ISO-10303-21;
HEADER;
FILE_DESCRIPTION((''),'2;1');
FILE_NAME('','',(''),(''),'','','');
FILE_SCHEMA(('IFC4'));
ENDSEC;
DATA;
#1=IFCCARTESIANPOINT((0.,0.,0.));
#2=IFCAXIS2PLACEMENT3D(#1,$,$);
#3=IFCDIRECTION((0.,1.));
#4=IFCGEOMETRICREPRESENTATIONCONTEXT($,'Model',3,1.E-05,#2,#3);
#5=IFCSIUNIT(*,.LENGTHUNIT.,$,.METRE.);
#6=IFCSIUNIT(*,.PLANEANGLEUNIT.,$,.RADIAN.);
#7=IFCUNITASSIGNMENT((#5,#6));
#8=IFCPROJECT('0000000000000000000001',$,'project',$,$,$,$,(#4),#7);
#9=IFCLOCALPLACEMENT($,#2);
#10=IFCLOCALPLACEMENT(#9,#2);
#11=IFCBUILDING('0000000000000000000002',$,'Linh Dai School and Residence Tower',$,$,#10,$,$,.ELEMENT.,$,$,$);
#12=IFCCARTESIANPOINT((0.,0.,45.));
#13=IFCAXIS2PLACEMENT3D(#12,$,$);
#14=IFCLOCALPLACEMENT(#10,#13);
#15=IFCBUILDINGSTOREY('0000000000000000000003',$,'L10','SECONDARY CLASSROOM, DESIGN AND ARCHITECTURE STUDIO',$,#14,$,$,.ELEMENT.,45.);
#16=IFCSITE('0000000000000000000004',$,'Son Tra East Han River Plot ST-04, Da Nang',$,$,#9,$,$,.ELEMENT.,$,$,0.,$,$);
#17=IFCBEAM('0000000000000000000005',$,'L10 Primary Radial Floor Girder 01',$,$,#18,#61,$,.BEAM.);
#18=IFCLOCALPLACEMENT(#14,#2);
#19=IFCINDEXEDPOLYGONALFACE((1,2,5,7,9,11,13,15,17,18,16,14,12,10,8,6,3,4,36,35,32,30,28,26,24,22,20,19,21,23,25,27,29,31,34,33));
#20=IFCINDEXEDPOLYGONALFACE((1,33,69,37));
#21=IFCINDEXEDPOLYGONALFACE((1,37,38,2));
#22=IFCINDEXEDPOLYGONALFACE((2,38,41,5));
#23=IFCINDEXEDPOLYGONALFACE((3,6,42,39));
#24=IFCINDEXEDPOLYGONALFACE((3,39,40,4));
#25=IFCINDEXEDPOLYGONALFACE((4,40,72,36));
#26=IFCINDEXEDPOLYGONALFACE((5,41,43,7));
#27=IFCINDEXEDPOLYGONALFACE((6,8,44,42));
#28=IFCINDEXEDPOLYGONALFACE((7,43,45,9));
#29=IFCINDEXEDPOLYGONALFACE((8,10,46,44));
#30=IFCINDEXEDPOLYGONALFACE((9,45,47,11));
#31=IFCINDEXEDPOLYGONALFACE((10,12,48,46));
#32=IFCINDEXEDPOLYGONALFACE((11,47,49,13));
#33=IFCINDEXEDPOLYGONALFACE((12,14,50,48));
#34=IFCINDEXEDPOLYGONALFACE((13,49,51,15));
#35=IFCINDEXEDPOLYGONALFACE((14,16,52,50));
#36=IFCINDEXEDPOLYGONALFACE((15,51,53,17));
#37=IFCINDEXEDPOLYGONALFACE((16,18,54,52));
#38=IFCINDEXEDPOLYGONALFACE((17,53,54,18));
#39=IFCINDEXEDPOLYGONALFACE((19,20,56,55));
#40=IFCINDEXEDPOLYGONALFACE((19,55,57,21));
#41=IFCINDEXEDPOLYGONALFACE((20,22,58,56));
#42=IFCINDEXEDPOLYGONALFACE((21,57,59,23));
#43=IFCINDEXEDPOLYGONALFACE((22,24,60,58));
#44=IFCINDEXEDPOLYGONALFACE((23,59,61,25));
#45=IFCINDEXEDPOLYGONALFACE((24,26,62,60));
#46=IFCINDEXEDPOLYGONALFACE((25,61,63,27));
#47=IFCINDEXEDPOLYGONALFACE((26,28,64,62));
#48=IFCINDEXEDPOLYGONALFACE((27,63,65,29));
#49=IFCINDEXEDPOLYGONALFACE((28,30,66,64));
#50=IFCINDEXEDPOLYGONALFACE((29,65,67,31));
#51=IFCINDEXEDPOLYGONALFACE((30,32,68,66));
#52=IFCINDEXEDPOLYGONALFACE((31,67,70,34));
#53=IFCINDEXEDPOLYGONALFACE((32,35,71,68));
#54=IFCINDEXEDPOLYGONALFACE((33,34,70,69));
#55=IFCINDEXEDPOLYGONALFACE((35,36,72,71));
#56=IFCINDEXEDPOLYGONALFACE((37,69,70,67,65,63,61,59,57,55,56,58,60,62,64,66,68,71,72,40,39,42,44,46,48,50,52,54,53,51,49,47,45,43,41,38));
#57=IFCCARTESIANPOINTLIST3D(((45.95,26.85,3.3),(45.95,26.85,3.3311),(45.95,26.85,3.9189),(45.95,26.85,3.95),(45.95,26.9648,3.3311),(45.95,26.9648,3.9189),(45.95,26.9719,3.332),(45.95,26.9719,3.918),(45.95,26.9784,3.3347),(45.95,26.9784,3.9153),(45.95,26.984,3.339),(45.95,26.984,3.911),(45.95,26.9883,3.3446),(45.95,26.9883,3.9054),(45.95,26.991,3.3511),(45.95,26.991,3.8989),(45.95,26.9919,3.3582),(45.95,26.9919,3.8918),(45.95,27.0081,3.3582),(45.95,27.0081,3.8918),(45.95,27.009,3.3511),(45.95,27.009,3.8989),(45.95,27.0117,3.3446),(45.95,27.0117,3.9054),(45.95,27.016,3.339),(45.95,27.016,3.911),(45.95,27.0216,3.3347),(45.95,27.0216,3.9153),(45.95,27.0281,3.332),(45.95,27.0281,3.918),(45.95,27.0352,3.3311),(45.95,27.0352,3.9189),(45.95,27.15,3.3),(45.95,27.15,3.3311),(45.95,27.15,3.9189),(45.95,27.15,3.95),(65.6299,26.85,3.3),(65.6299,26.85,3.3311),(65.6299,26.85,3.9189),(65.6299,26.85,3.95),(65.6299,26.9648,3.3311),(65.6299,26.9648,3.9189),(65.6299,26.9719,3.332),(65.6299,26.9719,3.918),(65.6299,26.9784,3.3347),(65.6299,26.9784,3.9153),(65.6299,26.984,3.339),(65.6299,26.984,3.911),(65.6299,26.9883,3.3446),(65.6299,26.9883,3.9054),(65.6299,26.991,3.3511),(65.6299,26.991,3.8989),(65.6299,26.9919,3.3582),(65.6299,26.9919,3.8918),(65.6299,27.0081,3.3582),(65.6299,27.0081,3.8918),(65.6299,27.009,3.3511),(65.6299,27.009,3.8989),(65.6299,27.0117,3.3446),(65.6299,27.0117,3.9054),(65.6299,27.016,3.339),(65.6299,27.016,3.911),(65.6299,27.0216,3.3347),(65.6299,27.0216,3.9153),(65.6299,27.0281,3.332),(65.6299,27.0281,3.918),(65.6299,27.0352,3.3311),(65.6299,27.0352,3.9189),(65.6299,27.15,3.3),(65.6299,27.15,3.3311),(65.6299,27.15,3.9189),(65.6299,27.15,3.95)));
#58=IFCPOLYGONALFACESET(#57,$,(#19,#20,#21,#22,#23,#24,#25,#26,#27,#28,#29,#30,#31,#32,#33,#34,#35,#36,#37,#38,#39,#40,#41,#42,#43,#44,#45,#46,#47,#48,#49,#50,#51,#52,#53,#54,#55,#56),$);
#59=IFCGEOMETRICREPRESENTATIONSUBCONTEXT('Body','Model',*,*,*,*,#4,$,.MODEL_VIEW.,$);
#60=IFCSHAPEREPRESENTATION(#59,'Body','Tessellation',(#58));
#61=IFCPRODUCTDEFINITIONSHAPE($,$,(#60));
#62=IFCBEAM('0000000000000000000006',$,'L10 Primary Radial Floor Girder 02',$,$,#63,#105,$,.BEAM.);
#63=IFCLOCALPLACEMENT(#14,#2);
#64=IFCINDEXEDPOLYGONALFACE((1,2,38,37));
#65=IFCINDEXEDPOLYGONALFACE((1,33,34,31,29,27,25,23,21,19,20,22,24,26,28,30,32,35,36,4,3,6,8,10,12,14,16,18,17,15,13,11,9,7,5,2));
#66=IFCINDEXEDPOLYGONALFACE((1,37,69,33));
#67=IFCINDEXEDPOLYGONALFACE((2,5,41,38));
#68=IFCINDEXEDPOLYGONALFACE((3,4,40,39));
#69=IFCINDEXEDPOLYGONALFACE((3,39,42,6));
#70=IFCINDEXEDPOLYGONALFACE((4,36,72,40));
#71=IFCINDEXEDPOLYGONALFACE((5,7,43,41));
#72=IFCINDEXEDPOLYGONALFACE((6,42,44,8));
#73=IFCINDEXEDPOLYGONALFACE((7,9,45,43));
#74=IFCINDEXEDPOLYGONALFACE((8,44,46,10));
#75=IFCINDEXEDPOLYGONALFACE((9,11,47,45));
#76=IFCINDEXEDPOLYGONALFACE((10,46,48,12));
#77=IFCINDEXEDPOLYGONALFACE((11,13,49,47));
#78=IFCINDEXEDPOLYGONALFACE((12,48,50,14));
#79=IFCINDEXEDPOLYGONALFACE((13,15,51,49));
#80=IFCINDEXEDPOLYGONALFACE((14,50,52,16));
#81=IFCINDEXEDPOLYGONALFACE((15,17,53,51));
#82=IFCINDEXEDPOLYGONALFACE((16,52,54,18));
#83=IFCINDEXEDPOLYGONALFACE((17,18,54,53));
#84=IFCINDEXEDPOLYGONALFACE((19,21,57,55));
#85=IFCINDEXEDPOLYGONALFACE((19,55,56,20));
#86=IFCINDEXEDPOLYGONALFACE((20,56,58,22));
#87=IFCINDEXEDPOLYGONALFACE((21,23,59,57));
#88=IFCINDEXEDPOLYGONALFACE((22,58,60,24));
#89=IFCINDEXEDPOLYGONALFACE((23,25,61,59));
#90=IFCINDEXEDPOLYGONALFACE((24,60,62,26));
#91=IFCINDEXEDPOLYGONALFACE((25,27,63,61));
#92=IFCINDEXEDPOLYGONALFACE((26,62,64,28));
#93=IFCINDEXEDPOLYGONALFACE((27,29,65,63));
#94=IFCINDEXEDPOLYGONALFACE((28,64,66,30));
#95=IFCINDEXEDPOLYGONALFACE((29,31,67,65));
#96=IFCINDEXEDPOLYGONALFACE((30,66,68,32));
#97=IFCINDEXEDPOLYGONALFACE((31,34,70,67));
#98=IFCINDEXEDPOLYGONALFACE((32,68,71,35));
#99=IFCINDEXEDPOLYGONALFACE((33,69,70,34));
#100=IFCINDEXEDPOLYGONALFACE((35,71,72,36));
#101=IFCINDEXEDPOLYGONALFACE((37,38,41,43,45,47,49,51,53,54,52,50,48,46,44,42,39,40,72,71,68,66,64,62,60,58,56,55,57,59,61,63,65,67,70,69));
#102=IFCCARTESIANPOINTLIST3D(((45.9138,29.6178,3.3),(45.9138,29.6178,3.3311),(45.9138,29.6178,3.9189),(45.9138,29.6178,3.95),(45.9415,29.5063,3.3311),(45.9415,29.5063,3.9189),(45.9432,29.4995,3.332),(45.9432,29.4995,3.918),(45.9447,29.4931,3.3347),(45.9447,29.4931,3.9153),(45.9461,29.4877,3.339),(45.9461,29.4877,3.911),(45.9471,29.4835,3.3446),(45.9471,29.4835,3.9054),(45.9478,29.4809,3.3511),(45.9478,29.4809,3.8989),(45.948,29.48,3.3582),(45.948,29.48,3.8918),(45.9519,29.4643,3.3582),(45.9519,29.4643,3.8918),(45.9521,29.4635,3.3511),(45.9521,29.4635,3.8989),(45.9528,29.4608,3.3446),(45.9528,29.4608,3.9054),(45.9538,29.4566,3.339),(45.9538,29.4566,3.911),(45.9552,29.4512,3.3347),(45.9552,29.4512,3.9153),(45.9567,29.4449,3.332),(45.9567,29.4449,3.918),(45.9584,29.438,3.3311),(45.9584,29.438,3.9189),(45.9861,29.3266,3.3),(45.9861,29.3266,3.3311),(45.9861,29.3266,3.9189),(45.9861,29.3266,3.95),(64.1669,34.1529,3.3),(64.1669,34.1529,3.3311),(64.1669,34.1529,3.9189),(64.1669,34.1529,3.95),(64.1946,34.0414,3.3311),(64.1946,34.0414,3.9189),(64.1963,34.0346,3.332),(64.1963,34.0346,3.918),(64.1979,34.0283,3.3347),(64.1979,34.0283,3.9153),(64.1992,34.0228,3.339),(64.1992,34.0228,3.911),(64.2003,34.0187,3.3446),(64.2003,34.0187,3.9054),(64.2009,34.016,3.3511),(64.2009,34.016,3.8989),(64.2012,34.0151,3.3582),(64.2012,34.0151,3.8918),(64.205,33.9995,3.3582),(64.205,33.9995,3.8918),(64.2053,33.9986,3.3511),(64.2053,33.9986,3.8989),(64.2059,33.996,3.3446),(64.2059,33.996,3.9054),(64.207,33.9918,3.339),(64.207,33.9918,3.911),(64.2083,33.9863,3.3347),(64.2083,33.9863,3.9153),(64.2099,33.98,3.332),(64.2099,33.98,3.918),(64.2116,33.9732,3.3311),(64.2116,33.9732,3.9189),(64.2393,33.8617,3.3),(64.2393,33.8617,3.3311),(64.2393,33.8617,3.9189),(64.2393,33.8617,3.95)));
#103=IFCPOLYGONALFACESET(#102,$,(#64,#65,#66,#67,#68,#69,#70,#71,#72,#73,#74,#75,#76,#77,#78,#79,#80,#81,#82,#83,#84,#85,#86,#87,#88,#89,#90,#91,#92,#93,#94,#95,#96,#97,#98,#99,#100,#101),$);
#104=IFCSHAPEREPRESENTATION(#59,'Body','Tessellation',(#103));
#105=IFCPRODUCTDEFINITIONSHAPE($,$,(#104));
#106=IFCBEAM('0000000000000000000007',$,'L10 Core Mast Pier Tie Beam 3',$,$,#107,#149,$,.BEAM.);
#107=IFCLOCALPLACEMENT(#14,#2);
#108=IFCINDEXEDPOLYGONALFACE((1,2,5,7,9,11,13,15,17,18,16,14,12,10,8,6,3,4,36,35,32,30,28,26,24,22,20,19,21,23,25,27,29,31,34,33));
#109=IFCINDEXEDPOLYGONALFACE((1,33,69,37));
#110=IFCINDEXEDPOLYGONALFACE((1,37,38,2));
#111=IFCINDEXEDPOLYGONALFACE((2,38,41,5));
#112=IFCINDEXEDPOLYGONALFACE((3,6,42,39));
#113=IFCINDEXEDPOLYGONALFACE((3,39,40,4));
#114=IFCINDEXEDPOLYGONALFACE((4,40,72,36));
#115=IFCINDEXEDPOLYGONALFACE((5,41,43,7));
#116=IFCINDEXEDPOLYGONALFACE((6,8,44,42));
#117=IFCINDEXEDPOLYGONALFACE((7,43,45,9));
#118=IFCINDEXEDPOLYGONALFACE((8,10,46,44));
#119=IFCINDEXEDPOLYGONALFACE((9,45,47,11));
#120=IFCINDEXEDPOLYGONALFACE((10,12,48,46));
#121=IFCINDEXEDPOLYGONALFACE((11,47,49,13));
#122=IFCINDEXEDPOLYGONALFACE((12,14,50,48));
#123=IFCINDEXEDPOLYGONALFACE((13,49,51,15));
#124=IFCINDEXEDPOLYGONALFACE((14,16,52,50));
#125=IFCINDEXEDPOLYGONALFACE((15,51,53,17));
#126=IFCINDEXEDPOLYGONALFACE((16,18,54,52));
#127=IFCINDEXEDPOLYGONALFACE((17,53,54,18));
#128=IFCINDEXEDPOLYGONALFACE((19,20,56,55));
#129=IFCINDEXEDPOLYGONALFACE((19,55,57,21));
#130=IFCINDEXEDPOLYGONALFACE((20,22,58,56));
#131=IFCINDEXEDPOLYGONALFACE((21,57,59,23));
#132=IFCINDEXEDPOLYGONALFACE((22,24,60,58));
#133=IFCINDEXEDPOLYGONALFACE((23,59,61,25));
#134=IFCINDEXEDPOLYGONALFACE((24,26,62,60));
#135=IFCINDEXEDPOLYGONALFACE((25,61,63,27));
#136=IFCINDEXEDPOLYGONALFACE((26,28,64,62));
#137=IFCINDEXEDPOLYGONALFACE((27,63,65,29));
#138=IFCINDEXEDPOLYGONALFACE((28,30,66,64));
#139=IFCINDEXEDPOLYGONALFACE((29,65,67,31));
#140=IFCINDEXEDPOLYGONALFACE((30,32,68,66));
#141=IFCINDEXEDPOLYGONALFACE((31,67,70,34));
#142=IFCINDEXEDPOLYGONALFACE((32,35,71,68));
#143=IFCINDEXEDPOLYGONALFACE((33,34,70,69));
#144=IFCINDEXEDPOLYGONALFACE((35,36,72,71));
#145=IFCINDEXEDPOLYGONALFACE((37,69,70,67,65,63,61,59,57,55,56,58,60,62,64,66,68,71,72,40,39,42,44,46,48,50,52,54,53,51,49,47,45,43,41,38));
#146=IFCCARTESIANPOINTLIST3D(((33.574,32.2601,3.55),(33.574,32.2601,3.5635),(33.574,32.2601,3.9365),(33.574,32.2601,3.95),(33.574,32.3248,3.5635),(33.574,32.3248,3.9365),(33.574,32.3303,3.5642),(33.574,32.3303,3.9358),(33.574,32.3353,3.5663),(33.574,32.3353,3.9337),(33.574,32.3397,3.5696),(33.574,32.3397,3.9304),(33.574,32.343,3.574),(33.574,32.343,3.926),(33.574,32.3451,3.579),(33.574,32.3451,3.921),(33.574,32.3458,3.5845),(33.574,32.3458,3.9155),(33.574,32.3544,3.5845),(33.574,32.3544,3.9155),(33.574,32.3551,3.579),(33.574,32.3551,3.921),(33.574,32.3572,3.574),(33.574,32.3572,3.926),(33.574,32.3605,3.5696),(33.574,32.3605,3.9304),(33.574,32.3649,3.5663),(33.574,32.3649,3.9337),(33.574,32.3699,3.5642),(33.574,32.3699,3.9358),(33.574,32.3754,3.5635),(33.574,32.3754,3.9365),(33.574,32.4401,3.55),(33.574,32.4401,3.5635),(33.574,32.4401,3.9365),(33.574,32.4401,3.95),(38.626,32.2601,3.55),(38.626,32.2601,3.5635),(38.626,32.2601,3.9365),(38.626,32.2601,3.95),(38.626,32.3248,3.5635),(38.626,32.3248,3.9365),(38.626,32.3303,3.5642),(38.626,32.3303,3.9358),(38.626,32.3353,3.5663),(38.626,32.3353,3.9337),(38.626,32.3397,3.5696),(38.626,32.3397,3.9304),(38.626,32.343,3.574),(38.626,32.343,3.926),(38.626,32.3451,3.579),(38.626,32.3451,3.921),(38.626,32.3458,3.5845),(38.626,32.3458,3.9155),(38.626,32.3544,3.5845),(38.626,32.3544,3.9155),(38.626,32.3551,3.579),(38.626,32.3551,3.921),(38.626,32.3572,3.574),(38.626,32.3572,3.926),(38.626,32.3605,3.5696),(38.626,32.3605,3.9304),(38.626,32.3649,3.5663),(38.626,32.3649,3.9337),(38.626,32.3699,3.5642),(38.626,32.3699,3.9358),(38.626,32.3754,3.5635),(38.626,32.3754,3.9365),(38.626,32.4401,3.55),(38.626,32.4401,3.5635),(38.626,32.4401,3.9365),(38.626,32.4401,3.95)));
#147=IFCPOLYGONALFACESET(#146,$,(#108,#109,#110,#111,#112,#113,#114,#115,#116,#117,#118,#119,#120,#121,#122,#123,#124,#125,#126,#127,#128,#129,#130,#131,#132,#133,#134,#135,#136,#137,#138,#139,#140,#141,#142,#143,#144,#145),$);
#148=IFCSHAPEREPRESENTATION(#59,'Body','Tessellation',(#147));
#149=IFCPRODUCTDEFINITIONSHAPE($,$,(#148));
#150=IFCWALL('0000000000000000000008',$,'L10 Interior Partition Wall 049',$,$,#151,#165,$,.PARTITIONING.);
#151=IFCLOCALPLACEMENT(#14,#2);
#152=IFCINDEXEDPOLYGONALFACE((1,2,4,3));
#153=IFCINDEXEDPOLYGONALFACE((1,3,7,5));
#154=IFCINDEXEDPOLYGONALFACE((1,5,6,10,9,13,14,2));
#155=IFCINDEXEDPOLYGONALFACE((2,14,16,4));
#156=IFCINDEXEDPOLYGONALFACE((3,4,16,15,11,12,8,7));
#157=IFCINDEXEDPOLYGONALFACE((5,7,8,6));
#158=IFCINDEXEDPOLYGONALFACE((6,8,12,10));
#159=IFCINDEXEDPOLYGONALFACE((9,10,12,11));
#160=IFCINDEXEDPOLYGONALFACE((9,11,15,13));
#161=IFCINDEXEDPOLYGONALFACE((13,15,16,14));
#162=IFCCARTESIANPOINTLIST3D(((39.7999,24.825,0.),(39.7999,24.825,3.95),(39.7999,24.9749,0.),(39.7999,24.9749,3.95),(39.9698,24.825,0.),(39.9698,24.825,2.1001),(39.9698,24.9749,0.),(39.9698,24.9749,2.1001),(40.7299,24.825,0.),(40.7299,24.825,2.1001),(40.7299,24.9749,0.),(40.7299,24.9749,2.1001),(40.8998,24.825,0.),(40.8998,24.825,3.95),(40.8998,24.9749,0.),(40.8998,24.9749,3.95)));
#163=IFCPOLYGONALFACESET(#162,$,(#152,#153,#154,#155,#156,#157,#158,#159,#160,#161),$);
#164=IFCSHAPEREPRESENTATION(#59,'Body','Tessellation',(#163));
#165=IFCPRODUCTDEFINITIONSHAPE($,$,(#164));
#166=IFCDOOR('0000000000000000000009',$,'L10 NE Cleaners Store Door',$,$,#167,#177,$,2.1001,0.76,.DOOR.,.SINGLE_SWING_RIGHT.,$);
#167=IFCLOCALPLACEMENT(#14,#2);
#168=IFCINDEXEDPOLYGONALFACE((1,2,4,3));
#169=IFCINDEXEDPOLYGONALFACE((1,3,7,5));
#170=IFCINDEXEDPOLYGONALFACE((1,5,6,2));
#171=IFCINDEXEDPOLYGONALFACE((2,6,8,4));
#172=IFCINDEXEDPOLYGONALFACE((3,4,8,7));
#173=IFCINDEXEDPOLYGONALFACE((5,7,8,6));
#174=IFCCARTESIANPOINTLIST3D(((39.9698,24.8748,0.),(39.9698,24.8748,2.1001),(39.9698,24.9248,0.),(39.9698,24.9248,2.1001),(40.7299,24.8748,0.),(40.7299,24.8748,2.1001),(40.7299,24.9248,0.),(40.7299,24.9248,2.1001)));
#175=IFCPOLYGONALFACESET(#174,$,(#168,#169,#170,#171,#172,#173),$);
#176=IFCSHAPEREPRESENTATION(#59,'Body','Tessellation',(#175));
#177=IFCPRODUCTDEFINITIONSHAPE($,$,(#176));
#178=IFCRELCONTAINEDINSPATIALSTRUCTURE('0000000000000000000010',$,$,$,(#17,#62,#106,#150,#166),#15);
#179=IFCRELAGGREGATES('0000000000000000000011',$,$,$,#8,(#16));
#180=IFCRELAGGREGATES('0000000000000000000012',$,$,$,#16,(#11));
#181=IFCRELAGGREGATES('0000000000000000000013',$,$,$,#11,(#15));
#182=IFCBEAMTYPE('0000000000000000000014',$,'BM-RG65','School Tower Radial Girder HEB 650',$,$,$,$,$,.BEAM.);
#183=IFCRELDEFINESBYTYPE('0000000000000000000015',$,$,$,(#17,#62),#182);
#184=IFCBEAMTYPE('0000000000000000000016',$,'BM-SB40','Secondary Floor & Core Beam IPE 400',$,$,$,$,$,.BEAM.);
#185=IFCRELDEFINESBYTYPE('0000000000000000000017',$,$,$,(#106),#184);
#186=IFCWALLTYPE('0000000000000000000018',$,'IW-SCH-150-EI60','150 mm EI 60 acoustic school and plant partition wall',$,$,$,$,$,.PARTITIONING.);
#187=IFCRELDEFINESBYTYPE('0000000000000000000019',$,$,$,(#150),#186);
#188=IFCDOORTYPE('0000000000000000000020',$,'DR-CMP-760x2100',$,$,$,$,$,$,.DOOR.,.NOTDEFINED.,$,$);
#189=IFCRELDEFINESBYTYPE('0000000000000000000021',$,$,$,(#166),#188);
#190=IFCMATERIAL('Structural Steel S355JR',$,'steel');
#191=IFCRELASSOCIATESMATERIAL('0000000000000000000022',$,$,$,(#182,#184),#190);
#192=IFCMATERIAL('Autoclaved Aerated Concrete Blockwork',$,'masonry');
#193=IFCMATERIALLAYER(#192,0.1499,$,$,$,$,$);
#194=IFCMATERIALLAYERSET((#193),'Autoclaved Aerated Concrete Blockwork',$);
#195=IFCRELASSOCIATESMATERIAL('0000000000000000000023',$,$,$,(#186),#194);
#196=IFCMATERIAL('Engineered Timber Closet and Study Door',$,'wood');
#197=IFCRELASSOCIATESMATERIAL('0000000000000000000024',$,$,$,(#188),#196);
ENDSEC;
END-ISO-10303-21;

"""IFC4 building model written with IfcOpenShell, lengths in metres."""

from ifc_helpers import new_model, si_unit, direction, frame, frame_2d, origin, origin_2d, place, context, subcontext, project, spatial, rectangle, i_section, extrude, source, transform, mapped, material, layer, layer_set, material_profile, profile_set, type_object, element, fill, save


model = new_model("IFC4")

# Units and contexts
model_context = context("Model", 3, precision=1e-05, world=origin(), true_north=direction((0.0, 1.0)))
body_context = subcontext(model_context, "Body", "Model", "MODEL_VIEW")
ifc_project = project(units=[si_unit("LENGTHUNIT", "METRE"), si_unit("PLANEANGLEUNIT", "RADIAN")], contexts=[model_context])

# Site, building, storey
site_placement = place(None, origin())
site = spatial("IfcSite", under=ifc_project, at=site_placement, Name="Son Tra East Han River Plot ST-04, Da Nang", CompositionType="ELEMENT", RefElevation=0.0)
building_placement = place(site_placement, origin())
building = spatial("IfcBuilding", under=site, at=building_placement, Name="Linh Dai School and Residence Tower", CompositionType="ELEMENT")
storey_placement = place(building_placement, frame((0.0, 0.0, 45.0)))
storey = spatial("IfcBuildingStorey", under=building, at=storey_placement, Name="L10", Description="SECONDARY CLASSROOM, DESIGN AND ARCHITECTURE STUDIO", CompositionType="ELEMENT", Elevation=45.0)

# Shared definitions
ifc_material_1 = material(Name="Structural Steel S355JR", Category="steel")

# Beams
ifc_material_profile_1 = material_profile(ifc_material_1, i_section(OverallWidth=0.3, OverallDepth=0.6499, WebThickness=0.0161, FlangeThickness=0.031, FilletRadius=0.0271, at=origin_2d()), Name="HEB 650")
ifc_profile_set_1 = profile_set([ifc_material_profile_1], Name="Structural Steel S355JR")
beam_type_1 = type_object("IfcBeamType", Name="BM-RG65", Description="School Tower Radial Girder HEB 650", PredefinedType="BEAM", material=ifc_profile_set_1)
beam_1_placement = place(storey_placement, frame((45.95, 27.0, 3.625), z_axis=(1.0, 0.0, 0.0), x_axis=(0.0, 1.0, 0.0)))
element("IfcBeam", 1, at=beam_1_placement, inside=storey, type_object=beam_type_1, Name="L10 Primary Radial Floor Girder 01", PredefinedType="BEAM", context=body_context, shape_type="SweptSolid", body=[
    extrude(i_section(OverallWidth=0.3, OverallDepth=0.6499, WebThickness=0.0161, FlangeThickness=0.031, FilletRadius=0.0271, at=origin_2d()), origin(), (0.0, 0.0, 1.0), 19.6799),
])
beam_2_placement = place(storey_placement, frame((45.95, 29.4722, 3.625), z_axis=(0.970493, 0.241127, 0.0), x_axis=(-0.241127, 0.970493, 0.0)))
element("IfcBeam", 2, at=beam_2_placement, inside=storey, type_object=beam_type_1, Name="L10 Primary Radial Floor Girder 02", PredefinedType="BEAM", context=body_context, shape_type="SweptSolid", body=[
    extrude(i_section(OverallWidth=0.3, OverallDepth=0.6499, WebThickness=0.0161, FlangeThickness=0.031, FilletRadius=0.0271, at=origin_2d()), origin(), (0.0, 0.0, 1.0), 18.8081),
])
ifc_material_profile_2 = material_profile(ifc_material_1, i_section(OverallWidth=0.1799, OverallDepth=0.3999, WebThickness=0.0085, FlangeThickness=0.0134, FilletRadius=0.021, at=origin_2d()), Name="IPE 400")
ifc_profile_set_2 = profile_set([ifc_material_profile_2], Name="Structural Steel S355JR")
beam_type_2 = type_object("IfcBeamType", Name="BM-SB40", Description="Secondary Floor & Core Beam IPE 400", PredefinedType="BEAM", material=ifc_profile_set_2)
beam_3_placement = place(storey_placement, frame((38.626, 32.3501, 3.75), z_axis=(-1.0, 0.0, 0.0), x_axis=(0.0, -1.0, 0.0)))
element("IfcBeam", 3, at=beam_3_placement, inside=storey, type_object=beam_type_2, Name="L10 Core Mast Pier Tie Beam 3", PredefinedType="BEAM", context=body_context, shape_type="SweptSolid", body=[
    extrude(i_section(OverallWidth=0.1799, OverallDepth=0.3999, WebThickness=0.0085, FlangeThickness=0.0134, FilletRadius=0.021, at=origin_2d()), origin(), (0.0, 0.0, 1.0), 5.052),
])

# Wall, opening, door
ifc_material_2 = material(Name="Autoclaved Aerated Concrete Blockwork", Category="masonry")
ifc_layer_1 = layer(ifc_material_2, 0.1499)
ifc_layer_set_1 = layer_set([ifc_layer_1], Name="Autoclaved Aerated Concrete Blockwork")
wall_type_1 = type_object("IfcWallType", Name="IW-SCH-150-EI60", Description="150 mm EI 60 acoustic school and plant partition wall", PredefinedType="PARTITIONING", material=ifc_layer_set_1)
wall_1_placement = place(storey_placement, frame((39.8, 24.8999, 0.0), z_axis=(0.0, 0.0, 1.0), x_axis=(1.0, 0.0, 0.0)))
wall_1 = element("IfcWall", 4, at=wall_1_placement, inside=storey, type_object=wall_type_1, Name="L10 Interior Partition Wall 049", PredefinedType="PARTITIONING", context=body_context, shape_type="SweptSolid", body=[
    extrude(rectangle(XDim=1.0999, YDim=0.1499, at=frame_2d((0.5498, 0.0))), origin(), (0.0, 0.0, 1.0), 3.95),
])
opening_placement = place(wall_1_placement, frame((0.1699, 0.0, 0.0)))
opening = element("IfcOpeningElement", 5, at=opening_placement, cuts=wall_1, PredefinedType="OPENING", context=body_context, shape_type="SweptSolid", body=[
    extrude(rectangle(XDim=0.76, YDim=2.1001, at=origin_2d()), frame((0.3799, 0.085, 1.05), z_axis=(0.0, -1.0, 0.0), x_axis=(1.0, 0.0, 0.0)), (0.0, 0.0, 1.0), 0.1699),
])
ifc_material_3 = material(Name="Engineered Timber Closet and Study Door", Category="wood")
door_type = type_object("IfcDoorType", Name="DR-CMP-760x2100", OperationType="NOTDEFINED", PredefinedType="DOOR", material=ifc_material_3)
shared_shape_1 = source(origin(), body_context, "Body", "SweptSolid", [
    extrude(rectangle(XDim=0.76, YDim=2.1001, at=origin_2d()), frame((0.3799, 0.0249, 1.05), z_axis=(0.0, -1.0, 0.0), x_axis=(1.0, 0.0, 0.0)), (0.0, 0.0, 1.0), 0.05),
])
door_placement = place(opening_placement, origin())
door = element("IfcDoor", 6, at=door_placement, inside=storey, type_object=door_type, Name="L10 NE Cleaners Store Door", OperationType="SINGLE_SWING_RIGHT", OverallHeight=2.1001, OverallWidth=0.76, PredefinedType="DOOR", context=body_context, shape_type="MappedRepresentation", body=[
    mapped(shared_shape_1, transform((0.0, 0.0, 0.0), x_axis=(1.0, 0.0, 0.0), y_axis=(0.0, 1.0, 0.0), z_axis=(0.0, 0.0, 1.0), scale=1.0)),
])
fill(opening, door)

save(model, "model.ifc")
